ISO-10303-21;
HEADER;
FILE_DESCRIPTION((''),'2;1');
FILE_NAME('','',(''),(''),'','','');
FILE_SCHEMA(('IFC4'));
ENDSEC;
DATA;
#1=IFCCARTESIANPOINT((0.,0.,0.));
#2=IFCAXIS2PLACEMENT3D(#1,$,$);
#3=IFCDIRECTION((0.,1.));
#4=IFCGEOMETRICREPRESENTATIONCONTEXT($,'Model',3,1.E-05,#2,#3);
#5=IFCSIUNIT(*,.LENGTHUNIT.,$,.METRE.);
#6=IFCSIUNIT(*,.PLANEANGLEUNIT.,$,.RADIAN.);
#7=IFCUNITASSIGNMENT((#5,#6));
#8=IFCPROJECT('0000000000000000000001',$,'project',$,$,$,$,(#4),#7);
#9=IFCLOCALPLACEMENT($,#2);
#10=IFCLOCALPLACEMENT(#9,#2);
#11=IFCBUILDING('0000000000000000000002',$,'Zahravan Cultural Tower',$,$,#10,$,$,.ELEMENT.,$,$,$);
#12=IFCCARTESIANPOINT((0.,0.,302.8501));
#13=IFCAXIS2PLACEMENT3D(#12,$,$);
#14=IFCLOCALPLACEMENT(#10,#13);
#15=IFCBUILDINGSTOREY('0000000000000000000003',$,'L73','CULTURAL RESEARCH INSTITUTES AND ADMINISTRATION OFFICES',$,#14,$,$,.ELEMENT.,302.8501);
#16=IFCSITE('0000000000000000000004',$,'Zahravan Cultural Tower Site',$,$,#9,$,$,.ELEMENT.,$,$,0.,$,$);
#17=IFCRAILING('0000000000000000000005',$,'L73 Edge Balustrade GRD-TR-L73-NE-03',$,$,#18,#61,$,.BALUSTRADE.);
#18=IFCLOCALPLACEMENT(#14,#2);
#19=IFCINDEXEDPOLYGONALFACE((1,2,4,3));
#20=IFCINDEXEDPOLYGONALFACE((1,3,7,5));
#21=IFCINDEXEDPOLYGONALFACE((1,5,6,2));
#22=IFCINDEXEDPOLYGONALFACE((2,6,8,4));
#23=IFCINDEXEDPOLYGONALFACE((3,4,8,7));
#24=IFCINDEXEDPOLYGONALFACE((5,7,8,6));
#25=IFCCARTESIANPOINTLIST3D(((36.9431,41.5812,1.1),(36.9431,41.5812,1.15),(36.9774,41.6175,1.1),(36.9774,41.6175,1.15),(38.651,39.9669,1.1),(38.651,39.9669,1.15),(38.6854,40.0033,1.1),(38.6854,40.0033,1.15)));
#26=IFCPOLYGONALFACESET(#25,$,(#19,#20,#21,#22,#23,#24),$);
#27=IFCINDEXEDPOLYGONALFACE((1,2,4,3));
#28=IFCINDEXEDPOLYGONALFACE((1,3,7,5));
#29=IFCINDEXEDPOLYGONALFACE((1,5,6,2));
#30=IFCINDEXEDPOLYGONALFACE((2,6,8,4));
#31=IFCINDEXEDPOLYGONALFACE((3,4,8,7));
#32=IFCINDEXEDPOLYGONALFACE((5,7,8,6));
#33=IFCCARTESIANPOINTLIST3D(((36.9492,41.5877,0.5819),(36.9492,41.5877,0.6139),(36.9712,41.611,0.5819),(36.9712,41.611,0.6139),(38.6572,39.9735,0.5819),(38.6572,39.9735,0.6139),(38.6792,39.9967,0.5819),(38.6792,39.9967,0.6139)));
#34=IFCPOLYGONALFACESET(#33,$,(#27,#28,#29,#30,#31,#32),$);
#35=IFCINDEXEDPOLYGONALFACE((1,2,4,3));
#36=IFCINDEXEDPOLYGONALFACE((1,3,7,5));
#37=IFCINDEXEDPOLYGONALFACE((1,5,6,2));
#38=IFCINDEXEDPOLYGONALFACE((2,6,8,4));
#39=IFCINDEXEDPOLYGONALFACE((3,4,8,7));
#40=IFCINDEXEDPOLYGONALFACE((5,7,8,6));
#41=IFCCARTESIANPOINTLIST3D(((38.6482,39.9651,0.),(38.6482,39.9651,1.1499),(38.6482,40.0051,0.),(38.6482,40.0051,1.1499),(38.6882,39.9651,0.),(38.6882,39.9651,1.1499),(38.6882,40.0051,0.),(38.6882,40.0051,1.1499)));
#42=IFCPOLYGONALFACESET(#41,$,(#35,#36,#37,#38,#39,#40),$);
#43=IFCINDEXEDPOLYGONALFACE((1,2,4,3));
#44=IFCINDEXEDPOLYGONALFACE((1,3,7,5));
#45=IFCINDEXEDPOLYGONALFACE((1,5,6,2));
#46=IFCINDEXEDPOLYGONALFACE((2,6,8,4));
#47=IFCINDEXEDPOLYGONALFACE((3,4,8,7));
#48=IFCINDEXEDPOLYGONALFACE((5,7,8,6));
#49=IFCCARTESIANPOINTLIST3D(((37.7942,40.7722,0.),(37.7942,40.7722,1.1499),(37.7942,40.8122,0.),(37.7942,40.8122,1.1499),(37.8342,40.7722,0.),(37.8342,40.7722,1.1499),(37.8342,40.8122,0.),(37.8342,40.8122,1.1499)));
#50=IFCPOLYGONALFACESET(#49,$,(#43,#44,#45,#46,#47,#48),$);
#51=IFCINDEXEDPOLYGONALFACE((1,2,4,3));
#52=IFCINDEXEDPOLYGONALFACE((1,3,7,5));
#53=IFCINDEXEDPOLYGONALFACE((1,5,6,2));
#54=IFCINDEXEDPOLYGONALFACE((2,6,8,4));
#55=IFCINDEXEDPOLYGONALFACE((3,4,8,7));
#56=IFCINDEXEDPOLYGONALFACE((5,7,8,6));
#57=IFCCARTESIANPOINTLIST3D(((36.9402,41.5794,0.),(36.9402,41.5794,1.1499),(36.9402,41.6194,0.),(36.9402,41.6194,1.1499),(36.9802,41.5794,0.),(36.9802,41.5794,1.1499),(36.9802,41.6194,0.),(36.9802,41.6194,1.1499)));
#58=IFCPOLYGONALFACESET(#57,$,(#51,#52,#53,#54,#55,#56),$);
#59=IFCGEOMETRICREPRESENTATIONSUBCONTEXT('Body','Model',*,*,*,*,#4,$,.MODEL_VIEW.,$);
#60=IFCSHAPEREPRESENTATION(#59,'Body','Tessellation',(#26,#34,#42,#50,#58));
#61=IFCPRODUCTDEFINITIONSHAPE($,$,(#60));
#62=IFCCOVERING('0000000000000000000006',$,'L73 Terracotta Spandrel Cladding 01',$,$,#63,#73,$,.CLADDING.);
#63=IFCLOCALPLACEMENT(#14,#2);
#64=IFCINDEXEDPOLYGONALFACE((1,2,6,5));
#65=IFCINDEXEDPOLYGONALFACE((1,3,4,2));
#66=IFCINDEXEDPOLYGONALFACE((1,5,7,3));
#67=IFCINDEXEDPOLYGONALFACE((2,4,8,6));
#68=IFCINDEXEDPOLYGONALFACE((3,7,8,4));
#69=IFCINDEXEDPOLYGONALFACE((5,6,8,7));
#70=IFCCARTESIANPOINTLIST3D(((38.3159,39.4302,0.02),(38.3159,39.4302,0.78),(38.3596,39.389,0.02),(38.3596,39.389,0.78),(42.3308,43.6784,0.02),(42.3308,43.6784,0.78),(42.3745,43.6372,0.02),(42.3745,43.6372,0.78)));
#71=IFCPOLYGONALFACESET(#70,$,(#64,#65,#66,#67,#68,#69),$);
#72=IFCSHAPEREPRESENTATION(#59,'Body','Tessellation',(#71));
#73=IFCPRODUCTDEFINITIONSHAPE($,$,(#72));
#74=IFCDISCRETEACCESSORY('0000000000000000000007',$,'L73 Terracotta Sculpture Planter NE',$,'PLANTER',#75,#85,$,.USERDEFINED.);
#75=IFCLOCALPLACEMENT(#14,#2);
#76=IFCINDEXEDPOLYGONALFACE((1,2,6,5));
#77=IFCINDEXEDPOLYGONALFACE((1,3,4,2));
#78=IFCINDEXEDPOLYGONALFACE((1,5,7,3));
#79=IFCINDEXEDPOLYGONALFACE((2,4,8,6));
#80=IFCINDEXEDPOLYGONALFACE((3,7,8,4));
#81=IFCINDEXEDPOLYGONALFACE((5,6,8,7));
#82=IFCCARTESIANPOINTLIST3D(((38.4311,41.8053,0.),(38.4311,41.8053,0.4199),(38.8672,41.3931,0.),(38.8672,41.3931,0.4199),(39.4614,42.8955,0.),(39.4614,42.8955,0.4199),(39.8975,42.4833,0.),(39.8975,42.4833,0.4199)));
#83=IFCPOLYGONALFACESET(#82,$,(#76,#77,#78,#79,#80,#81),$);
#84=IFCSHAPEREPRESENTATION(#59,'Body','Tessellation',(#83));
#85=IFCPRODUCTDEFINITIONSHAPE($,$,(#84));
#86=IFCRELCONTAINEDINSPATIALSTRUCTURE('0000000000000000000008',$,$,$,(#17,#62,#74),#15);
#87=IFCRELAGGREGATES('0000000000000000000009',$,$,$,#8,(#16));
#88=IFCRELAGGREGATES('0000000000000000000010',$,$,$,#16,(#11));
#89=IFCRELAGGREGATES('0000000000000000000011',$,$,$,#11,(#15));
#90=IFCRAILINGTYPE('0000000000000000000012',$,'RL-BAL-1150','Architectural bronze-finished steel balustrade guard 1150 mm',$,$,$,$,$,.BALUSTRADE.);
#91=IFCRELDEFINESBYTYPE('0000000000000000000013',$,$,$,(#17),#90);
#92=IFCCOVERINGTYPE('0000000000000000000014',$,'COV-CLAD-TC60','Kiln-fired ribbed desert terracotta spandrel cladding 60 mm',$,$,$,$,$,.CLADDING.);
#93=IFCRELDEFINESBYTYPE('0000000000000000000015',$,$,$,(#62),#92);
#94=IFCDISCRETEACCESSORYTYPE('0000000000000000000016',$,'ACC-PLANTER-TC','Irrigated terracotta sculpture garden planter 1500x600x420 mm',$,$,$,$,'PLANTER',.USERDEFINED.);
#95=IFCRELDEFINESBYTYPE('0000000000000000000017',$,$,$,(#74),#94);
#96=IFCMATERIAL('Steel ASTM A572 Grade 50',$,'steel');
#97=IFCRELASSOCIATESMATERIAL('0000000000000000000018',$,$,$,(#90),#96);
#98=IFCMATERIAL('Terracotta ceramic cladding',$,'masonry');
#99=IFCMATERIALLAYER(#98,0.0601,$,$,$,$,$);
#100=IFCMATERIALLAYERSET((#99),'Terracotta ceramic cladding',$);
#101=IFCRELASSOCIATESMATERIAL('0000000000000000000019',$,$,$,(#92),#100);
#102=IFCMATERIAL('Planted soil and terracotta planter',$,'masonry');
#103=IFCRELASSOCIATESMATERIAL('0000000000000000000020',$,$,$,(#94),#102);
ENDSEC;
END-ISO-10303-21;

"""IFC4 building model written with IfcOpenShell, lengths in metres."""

from ifc_helpers import new_model, si_unit, direction, frame, origin, origin_2d, place, context, subcontext, project, spatial, rectangle, extrude, source, transform, mapped, material, layer, layer_set, type_object, element, save


model = new_model("IFC4")

# Units and contexts
model_context = context("Model", 3, precision=1e-05, world=origin(), true_north=direction((0.0, 1.0)))
body_context = subcontext(model_context, "Body", "Model", "MODEL_VIEW")
ifc_project = project(units=[si_unit("LENGTHUNIT", "METRE"), si_unit("PLANEANGLEUNIT", "RADIAN")], contexts=[model_context])

# Site, building, storey
site_placement = place(None, origin())
site = spatial("IfcSite", under=ifc_project, at=site_placement, Name="Zahravan Cultural Tower Site", CompositionType="ELEMENT", RefElevation=0.0)
building_placement = place(site_placement, origin())
building = spatial("IfcBuilding", under=site, at=building_placement, Name="Zahravan Cultural Tower", CompositionType="ELEMENT")
storey_placement = place(building_placement, frame((0.0, 0.0, 302.8501)))
storey = spatial("IfcBuildingStorey", under=building, at=storey_placement, Name="L73", Description="CULTURAL RESEARCH INSTITUTES AND ADMINISTRATION OFFICES", CompositionType="ELEMENT", Elevation=302.8501)

# Railing
ifc_material_1 = material(Name="Steel ASTM A572 Grade 50", Category="steel")
railing_type = type_object("IfcRailingType", Name="RL-BAL-1150", Description="Architectural bronze-finished steel balustrade guard 1150 mm", PredefinedType="BALUSTRADE", material=ifc_material_1)
railing_1_placement = place(storey_placement, frame((38.6682, 39.9851, 0.0)))
element("IfcRailing", 1, at=railing_1_placement, inside=storey, type_object=railing_type, Name="L73 Edge Balustrade GRD-TR-L73-NE-03", PredefinedType="BALUSTRADE", context=body_context, shape_type="SweptSolid", body=[
    extrude(rectangle(XDim=0.05, YDim=0.05, at=origin_2d()), frame((0.0, 0.0, 1.125), z_axis=(-0.726771, 0.68688, 0.0), x_axis=(-0.68688, -0.726771, 0.0)), (0.0, 0.0, 1.0), 2.3501),
    extrude(rectangle(XDim=0.032, YDim=0.032, at=origin_2d()), frame((0.0, 0.0, 0.5979), z_axis=(-0.726771, 0.68688, 0.0), x_axis=(-0.68688, -0.726771, 0.0)), (0.0, 0.0, 1.0), 2.3501),
    extrude(rectangle(XDim=0.04, YDim=0.04, at=origin_2d()), origin(), (0.0, 0.0, 1.0), 1.1499),
    extrude(rectangle(XDim=0.04, YDim=0.04, at=origin_2d()), frame((-0.854, 0.8071, 0.0)), (0.0, 0.0, 1.0), 1.1499),
    extrude(rectangle(XDim=0.04, YDim=0.04, at=origin_2d()), frame((-1.708, 1.6143, 0.0)), (0.0, 0.0, 1.0), 1.1499),
])

# Covering
ifc_material_2 = material(Name="Terracotta ceramic cladding", Category="masonry")
ifc_layer_1 = layer(ifc_material_2, 0.0601)
ifc_layer_set_1 = layer_set([ifc_layer_1], Name="Terracotta ceramic cladding")
covering_type = type_object("IfcCoveringType", Name="COV-CLAD-TC60", Description="Kiln-fired ribbed desert terracotta spandrel cladding 60 mm", PredefinedType="CLADDING", material=ifc_layer_set_1)
shared_shape_1 = source(origin(), body_context, "Body", "SweptSolid", [
    extrude(rectangle(XDim=5.8452, YDim=0.0601, at=origin_2d()), origin(), (0.0, 0.0, 1.0), 0.76),
])
covering_placement = place(storey_placement, frame((40.3452, 41.5337, 0.02), z_axis=(0.0, 0.0, 1.0), x_axis=(0.686872, 0.726779, 0.0)))
element("IfcCovering", 2, at=covering_placement, inside=storey, type_object=covering_type, Name="L73 Terracotta Spandrel Cladding 01", PredefinedType="CLADDING", context=body_context, shape_type="MappedRepresentation", body=[
    mapped(shared_shape_1, transform((0.0, 0.0, 0.0), x_axis=(1.0, 0.0, 0.0), y_axis=(0.0, 1.0, 0.0), z_axis=(0.0, 0.0, 1.0), scale=1.0)),
])

# Discrete accessory
ifc_material_3 = material(Name="Planted soil and terracotta planter", Category="masonry")
discrete_accessory_type = type_object("IfcDiscreteAccessoryType", Name="ACC-PLANTER-TC", Description="Irrigated terracotta sculpture garden planter 1500x600x420 mm", ElementType="PLANTER", PredefinedType="USERDEFINED", material=ifc_material_3)
shared_shape_2 = source(origin(), body_context, "Body", "SweptSolid", [
    extrude(rectangle(XDim=1.5, YDim=0.6001, at=origin_2d()), origin(), (0.0, 0.0, 1.0), 0.4199),
])
discrete_accessory_placement = place(storey_placement, frame((39.1643, 42.1443, 0.0), z_axis=(0.0, 0.0, 1.0), x_axis=(0.686876, 0.726775, 0.0)))
element("IfcDiscreteAccessory", 3, at=discrete_accessory_placement, inside=storey, type_object=discrete_accessory_type, Name="L73 Terracotta Sculpture Planter NE", ObjectType="PLANTER", PredefinedType="USERDEFINED", context=body_context, shape_type="MappedRepresentation", body=[
    mapped(shared_shape_2, transform((0.0, 0.0, 0.0), x_axis=(1.0, 0.0, 0.0), y_axis=(0.0, 1.0, 0.0), z_axis=(0.0, 0.0, 1.0), scale=1.0)),
])

save(model, "model.ifc")
